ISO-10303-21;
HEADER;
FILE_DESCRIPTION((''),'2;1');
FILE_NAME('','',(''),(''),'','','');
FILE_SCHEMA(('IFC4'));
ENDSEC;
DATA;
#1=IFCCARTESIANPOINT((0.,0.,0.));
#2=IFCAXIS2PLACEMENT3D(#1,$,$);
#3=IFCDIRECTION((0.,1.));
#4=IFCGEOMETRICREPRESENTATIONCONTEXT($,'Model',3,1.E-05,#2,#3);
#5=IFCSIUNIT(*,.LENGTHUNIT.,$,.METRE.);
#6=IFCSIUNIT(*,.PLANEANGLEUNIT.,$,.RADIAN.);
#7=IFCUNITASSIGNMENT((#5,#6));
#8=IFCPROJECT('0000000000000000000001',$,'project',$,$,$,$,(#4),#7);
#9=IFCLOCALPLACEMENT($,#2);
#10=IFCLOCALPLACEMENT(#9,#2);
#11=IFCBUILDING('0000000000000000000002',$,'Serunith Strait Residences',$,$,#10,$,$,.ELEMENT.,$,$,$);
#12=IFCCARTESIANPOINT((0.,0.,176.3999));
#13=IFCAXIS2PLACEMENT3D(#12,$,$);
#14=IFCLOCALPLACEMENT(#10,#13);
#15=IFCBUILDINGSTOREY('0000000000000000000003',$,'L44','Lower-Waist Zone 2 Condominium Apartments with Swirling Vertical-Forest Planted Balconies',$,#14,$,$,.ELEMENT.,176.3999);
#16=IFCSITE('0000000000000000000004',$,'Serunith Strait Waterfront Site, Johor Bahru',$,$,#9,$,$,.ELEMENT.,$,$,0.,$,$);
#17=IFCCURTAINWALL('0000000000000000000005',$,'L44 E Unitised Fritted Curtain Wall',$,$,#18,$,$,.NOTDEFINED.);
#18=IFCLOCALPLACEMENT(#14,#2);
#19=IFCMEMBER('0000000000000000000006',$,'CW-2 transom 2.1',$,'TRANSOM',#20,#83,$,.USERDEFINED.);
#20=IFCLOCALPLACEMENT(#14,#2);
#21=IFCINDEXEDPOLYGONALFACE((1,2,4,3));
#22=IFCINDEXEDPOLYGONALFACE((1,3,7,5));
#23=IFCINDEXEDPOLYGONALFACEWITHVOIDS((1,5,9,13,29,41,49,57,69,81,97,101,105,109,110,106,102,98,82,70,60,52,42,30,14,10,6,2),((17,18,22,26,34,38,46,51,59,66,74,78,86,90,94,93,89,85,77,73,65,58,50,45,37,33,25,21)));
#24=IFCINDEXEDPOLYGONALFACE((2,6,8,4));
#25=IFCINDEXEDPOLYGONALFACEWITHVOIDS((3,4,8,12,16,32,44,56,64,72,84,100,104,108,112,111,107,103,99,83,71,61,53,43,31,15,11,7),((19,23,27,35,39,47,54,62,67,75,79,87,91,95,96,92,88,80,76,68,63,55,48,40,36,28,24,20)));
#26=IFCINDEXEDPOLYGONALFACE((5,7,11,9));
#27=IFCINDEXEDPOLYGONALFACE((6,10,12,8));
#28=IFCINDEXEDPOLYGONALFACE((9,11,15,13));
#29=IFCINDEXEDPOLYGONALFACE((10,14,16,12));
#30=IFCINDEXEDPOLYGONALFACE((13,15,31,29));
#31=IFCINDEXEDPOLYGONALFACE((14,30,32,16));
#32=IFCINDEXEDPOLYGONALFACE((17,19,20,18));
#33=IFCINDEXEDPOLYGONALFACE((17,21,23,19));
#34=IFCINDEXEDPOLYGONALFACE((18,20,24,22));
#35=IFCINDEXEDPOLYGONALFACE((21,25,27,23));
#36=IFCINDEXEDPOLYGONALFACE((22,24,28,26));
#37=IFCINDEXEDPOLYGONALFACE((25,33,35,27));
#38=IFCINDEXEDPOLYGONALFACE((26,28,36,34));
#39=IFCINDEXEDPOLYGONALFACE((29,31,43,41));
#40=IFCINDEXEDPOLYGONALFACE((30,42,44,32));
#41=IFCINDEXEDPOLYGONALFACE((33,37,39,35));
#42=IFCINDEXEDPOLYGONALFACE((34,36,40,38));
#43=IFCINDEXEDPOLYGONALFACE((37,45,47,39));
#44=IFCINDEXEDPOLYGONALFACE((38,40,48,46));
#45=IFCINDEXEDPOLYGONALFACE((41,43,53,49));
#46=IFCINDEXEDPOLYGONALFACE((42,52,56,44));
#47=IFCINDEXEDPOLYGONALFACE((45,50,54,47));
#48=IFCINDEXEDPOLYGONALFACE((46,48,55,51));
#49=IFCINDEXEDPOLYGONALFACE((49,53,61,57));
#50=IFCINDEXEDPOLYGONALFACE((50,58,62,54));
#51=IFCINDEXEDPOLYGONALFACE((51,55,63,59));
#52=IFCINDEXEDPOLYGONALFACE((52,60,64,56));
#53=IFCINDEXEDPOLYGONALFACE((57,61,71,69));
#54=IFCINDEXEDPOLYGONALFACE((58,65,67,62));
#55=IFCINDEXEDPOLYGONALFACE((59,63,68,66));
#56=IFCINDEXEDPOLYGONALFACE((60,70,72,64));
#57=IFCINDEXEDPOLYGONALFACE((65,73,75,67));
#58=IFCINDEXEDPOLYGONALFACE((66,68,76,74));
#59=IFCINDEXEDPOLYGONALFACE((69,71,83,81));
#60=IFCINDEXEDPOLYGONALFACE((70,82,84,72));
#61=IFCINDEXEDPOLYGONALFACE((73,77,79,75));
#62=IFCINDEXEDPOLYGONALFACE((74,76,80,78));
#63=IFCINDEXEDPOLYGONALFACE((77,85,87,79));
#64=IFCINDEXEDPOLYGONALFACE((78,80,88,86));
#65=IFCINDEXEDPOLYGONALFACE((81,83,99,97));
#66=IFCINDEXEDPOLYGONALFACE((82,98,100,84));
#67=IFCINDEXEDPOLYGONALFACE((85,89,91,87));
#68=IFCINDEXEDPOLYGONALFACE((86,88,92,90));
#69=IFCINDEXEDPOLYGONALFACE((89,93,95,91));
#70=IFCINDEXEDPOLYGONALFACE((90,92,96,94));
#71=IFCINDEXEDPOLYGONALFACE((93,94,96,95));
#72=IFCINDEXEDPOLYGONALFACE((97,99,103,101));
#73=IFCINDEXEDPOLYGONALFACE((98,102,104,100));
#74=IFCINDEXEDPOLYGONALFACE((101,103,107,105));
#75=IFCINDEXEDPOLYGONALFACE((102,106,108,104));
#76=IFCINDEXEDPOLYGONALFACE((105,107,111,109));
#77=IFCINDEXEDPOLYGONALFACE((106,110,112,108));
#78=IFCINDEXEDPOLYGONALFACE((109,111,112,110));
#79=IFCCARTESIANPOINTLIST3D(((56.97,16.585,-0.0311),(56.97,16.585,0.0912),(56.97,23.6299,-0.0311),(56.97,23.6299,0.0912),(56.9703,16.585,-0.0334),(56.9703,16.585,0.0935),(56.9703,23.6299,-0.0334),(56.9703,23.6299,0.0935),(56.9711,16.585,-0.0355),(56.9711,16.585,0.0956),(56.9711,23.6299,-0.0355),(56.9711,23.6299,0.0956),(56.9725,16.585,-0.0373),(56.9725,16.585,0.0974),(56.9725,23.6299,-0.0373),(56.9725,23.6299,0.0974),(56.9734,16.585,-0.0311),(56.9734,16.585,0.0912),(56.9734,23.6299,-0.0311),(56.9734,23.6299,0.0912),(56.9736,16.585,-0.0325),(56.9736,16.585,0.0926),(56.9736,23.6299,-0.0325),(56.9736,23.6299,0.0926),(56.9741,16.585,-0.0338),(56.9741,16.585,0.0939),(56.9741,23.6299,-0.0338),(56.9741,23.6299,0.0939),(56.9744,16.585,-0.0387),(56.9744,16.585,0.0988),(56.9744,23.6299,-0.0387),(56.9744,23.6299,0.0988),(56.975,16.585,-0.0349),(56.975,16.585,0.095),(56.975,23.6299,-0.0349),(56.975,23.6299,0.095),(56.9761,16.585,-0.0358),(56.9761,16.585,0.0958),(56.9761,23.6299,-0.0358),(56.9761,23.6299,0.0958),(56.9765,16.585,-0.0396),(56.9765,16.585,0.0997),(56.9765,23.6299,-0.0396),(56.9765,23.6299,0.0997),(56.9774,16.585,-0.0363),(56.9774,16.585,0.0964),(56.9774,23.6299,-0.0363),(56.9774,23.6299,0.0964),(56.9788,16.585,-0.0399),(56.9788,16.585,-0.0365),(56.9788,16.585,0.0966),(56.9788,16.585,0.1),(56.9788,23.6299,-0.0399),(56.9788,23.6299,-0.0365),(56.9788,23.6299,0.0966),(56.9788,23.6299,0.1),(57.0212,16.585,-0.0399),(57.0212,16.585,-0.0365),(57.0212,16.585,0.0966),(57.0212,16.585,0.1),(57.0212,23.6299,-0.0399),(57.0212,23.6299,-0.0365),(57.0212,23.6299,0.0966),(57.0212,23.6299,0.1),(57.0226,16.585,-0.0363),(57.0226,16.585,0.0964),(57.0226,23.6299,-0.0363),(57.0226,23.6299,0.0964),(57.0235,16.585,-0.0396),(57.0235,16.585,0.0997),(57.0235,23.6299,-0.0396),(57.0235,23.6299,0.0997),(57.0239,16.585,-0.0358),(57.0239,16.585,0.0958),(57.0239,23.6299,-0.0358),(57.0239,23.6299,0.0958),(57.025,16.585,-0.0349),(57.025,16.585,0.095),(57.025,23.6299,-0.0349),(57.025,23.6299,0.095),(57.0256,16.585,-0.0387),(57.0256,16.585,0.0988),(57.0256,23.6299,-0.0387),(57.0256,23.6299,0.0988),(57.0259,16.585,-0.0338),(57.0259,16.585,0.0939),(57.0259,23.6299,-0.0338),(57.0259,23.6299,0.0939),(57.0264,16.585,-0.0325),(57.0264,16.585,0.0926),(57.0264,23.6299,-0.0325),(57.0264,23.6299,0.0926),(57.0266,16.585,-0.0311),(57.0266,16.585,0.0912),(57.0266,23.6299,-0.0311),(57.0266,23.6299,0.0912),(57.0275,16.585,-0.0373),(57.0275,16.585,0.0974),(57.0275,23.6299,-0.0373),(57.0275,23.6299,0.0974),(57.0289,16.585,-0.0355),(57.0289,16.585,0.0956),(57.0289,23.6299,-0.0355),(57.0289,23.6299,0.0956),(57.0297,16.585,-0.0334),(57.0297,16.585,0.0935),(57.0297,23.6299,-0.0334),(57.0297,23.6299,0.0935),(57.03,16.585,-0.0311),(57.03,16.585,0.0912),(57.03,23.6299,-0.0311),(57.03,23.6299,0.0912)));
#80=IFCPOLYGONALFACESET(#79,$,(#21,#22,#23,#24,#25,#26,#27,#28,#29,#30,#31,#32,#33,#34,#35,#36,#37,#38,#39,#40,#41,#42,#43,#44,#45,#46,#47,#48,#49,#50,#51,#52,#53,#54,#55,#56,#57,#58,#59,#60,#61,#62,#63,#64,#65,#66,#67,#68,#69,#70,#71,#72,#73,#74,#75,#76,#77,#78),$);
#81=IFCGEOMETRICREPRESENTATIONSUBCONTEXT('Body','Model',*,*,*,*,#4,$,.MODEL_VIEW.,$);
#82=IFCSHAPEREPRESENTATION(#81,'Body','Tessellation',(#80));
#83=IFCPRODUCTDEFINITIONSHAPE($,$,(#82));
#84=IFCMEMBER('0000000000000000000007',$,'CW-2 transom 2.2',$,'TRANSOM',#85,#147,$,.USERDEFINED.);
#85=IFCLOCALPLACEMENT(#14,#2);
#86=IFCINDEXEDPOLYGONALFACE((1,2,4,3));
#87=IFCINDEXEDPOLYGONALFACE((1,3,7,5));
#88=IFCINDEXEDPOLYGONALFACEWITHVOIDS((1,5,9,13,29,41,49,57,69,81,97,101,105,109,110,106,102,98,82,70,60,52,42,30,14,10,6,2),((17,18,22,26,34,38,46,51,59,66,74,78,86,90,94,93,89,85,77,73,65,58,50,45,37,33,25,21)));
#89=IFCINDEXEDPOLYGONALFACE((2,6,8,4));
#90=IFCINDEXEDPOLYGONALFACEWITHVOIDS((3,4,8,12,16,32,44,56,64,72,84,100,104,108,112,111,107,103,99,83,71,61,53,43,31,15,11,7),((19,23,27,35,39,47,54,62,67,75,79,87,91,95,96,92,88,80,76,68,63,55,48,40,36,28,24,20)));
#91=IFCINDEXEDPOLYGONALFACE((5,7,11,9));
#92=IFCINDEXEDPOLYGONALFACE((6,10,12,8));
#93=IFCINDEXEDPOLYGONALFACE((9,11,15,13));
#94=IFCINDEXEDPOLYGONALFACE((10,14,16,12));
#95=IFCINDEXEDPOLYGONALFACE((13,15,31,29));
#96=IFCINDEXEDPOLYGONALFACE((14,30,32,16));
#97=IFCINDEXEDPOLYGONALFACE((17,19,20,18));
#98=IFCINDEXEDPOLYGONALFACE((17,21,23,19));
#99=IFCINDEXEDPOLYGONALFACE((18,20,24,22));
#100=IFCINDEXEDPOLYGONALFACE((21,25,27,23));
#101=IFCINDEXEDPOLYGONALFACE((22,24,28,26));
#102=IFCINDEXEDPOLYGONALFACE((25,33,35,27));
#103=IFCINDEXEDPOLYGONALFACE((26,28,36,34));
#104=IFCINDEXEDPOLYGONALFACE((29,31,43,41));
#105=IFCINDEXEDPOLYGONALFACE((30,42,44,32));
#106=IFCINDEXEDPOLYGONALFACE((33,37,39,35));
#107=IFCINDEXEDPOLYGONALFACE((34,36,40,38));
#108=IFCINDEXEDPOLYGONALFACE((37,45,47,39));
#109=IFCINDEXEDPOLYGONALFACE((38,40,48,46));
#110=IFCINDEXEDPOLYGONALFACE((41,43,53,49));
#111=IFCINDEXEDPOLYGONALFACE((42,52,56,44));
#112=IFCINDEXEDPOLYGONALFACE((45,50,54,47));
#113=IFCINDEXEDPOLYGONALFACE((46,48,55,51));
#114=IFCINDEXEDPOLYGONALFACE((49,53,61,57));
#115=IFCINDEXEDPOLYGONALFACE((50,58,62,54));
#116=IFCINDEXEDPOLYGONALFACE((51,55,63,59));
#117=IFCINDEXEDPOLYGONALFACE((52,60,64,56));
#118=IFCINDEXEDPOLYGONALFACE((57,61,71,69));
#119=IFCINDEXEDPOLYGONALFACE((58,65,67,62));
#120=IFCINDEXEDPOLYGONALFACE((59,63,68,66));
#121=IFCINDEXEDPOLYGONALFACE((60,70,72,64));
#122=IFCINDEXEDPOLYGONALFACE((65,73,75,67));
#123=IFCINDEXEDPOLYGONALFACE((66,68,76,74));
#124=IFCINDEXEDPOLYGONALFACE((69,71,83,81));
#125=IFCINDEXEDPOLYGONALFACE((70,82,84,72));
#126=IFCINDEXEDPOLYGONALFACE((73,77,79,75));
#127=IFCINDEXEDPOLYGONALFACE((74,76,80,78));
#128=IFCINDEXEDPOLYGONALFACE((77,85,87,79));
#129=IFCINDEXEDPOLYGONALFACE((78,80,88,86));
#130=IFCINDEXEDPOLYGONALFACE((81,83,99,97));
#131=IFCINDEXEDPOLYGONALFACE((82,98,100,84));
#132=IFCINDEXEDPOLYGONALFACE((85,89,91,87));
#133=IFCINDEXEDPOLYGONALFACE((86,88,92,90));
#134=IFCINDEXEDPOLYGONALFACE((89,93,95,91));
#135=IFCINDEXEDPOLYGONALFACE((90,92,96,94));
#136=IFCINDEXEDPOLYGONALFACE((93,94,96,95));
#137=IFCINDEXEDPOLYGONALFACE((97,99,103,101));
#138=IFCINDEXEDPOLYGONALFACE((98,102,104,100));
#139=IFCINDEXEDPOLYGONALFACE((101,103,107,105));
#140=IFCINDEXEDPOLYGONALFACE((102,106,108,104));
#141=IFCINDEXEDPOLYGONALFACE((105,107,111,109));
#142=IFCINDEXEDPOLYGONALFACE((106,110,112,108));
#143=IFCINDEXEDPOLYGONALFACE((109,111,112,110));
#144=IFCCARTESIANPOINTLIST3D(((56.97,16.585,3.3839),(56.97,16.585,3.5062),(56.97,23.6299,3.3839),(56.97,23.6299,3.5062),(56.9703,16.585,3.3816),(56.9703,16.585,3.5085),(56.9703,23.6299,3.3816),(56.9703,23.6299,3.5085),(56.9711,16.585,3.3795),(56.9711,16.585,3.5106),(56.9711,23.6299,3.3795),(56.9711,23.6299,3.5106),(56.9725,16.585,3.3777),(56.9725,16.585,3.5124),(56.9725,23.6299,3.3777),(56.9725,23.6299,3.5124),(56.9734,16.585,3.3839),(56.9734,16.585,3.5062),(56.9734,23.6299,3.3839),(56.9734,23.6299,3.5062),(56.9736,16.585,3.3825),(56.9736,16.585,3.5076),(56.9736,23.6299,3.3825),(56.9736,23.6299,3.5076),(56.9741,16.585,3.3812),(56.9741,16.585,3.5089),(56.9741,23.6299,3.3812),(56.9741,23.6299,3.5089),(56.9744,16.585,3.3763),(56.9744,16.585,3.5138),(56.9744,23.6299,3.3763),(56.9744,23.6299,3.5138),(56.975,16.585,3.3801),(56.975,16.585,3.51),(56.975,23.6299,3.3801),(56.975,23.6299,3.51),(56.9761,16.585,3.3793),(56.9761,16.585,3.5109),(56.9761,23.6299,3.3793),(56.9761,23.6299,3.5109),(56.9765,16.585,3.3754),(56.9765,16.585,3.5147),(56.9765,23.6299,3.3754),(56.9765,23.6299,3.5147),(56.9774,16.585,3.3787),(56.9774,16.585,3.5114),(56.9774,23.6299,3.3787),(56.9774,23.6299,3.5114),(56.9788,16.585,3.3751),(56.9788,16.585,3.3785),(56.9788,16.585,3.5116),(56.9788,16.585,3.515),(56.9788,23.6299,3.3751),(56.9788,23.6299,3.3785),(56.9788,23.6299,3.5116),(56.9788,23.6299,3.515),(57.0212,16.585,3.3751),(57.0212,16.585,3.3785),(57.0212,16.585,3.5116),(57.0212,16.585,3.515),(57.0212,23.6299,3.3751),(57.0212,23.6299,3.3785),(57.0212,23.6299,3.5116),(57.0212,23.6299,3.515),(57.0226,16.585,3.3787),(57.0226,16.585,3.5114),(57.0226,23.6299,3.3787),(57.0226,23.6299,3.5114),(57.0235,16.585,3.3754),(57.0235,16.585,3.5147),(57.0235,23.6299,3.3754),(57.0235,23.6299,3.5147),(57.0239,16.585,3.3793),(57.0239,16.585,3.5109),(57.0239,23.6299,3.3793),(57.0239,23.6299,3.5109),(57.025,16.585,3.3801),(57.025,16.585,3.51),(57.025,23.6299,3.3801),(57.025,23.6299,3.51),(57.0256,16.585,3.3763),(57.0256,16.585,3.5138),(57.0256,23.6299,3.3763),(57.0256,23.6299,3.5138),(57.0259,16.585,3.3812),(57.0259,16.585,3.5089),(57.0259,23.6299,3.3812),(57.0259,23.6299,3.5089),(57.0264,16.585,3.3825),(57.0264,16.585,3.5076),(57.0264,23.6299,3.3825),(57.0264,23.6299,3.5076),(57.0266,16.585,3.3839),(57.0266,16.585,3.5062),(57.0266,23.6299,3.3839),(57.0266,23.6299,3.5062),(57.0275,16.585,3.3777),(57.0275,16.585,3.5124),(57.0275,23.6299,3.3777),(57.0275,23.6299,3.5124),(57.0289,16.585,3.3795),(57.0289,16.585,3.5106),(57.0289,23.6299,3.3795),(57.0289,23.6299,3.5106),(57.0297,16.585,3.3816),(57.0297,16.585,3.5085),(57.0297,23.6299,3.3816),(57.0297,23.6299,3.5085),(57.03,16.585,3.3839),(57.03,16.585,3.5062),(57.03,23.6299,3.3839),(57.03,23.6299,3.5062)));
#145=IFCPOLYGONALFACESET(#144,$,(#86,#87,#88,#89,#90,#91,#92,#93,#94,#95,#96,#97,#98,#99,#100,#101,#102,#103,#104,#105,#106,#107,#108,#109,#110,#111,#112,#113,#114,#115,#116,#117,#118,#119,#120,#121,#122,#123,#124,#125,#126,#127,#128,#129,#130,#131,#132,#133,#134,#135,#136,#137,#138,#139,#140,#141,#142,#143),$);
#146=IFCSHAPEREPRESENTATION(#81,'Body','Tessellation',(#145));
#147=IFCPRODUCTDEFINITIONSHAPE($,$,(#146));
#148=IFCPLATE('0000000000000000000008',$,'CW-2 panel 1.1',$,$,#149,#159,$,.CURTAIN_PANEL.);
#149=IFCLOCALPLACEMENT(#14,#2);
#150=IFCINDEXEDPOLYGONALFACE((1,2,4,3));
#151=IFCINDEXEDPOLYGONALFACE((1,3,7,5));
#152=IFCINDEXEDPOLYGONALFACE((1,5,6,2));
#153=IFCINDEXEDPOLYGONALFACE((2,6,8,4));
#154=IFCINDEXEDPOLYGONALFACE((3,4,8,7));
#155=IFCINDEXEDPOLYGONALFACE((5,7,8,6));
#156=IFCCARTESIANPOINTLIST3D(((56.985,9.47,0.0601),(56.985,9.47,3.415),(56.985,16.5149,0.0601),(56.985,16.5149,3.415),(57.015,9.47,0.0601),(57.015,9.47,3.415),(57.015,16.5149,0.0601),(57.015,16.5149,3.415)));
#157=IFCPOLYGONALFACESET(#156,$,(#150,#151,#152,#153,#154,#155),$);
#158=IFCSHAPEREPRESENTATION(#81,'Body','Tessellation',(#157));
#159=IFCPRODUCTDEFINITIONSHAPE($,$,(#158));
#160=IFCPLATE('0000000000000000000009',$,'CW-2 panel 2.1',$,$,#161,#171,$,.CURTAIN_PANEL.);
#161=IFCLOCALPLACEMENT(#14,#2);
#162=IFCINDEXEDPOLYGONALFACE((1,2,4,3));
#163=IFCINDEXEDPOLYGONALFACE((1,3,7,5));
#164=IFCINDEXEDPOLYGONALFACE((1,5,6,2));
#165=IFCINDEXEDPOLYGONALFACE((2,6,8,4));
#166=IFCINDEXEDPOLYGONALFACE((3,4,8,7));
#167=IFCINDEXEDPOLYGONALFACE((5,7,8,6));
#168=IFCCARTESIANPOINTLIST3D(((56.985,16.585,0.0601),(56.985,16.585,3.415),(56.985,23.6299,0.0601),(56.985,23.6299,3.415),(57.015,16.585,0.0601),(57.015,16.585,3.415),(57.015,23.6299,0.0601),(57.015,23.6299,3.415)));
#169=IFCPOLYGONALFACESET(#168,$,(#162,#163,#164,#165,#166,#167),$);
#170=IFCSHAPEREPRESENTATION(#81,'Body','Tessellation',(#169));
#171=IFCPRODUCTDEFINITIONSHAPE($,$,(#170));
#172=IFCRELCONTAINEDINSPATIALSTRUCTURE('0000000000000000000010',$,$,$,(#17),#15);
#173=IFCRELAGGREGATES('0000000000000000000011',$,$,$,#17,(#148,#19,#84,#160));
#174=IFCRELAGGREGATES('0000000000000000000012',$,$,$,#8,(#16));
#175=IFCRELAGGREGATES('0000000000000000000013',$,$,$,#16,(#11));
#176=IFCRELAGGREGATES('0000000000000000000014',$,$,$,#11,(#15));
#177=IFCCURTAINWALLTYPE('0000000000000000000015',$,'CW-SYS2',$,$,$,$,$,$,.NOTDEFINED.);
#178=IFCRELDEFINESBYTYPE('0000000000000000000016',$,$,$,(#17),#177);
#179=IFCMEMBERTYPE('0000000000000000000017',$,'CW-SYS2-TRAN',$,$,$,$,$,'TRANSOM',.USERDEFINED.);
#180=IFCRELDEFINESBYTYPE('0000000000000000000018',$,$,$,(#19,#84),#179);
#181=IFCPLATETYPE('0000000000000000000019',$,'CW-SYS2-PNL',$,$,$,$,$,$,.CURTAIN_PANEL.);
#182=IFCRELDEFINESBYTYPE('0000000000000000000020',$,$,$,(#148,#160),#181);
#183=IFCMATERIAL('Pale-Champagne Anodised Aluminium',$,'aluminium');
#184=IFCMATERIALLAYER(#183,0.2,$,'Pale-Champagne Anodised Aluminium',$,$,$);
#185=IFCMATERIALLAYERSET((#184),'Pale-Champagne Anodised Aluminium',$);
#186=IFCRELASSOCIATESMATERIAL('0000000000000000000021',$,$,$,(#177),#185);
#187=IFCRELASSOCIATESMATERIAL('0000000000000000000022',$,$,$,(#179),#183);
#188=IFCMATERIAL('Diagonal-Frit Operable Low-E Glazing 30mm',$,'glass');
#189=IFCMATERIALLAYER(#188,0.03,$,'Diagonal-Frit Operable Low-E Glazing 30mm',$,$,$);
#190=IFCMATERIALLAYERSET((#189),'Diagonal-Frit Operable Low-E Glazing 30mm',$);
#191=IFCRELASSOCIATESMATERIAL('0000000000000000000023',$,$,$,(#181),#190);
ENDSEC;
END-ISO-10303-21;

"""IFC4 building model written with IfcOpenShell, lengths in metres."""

from ifc_helpers import new_model, si_unit, direction, frame, origin, origin_2d, place, context, subcontext, project, spatial, rectangle, hollow_rectangle, extrude, source, transform, mapped, material, layer, layer_set, material_profile, profile_set, type_object, element, aggregate, save


model = new_model("IFC4")

# Units and contexts
model_context = context("Model", 3, precision=1e-05, world=origin(), true_north=direction((0.0, 1.0)))
body_context = subcontext(model_context, "Body", "Model", "MODEL_VIEW")
ifc_project = project(units=[si_unit("LENGTHUNIT", "METRE"), si_unit("PLANEANGLEUNIT", "RADIAN")], contexts=[model_context])

# Site, building, storey
site_placement = place(None, origin())
site = spatial("IfcSite", under=ifc_project, at=site_placement, Name="Serunith Strait Waterfront Site, Johor Bahru", CompositionType="ELEMENT", RefElevation=0.0)
building_placement = place(site_placement, origin())
building = spatial("IfcBuilding", under=site, at=building_placement, Name="Serunith Strait Residences", CompositionType="ELEMENT")
storey_placement = place(building_placement, frame((0.0, 0.0, 176.3999)))
storey = spatial("IfcBuildingStorey", under=building, at=storey_placement, Name="L44", Description="Lower-Waist Zone 2 Condominium Apartments with Swirling Vertical-Forest Planted Balconies", CompositionType="ELEMENT", Elevation=176.3999)

# Curtain wall, members, plates
ifc_material_1 = material(Name="Pale-Champagne Anodised Aluminium", Category="aluminium")
ifc_layer_1 = layer(ifc_material_1, 0.2, Name="Pale-Champagne Anodised Aluminium")
ifc_layer_set_1 = layer_set([ifc_layer_1], Name="Pale-Champagne Anodised Aluminium")
curtain_wall_type = type_object("IfcCurtainWallType", Name="CW-SYS2", PredefinedType="NOTDEFINED", material=ifc_layer_set_1)
curtain_wall_placement = place(storey_placement, origin())
curtain_wall = element("IfcCurtainWall", 1, at=curtain_wall_placement, inside=storey, type_object=curtain_wall_type, Name="L44 E Unitised Fritted Curtain Wall", PredefinedType="NOTDEFINED")
ifc_material_profile_1 = material_profile(ifc_material_1, hollow_rectangle(XDim=0.0601, YDim=0.1399, WallThickness=0.0034, InnerFilletRadius=0.0054, OuterFilletRadius=0.0088, at=origin_2d()), Name="ALU 140x60x3.5")
ifc_profile_set_1 = profile_set([ifc_material_profile_1], Name="Pale-Champagne Anodised Aluminium")
member_type_1 = type_object("IfcMemberType", Name="CW-SYS2-TRAN", ElementType="TRANSOM", PredefinedType="USERDEFINED", material=ifc_profile_set_1)
shared_shape_1 = source(origin(), body_context, "Body", "SweptSolid", [
    extrude(hollow_rectangle(XDim=0.0601, YDim=0.1399, WallThickness=0.0034, InnerFilletRadius=0.0054, OuterFilletRadius=0.0088, at=origin_2d()), origin(), (0.0, 0.0, 1.0), 7.0449),
])
member_1_placement = place(storey_placement, frame((57.0, 16.585, 0.03), z_axis=(0.0, 1.0, 0.0), x_axis=(-1.0, 0.0, 0.0)))
member_1 = element("IfcMember", 2, at=member_1_placement, type_object=member_type_1, Name="CW-2 transom 2.1", ObjectType="TRANSOM", PredefinedType="USERDEFINED", context=body_context, shape_type="MappedRepresentation", body=[
    mapped(shared_shape_1, transform((0.0, 0.0, 0.0), scale=1.0)),
])
member_2_placement = place(storey_placement, frame((57.0, 16.585, 3.4451), z_axis=(0.0, 1.0, 0.0), x_axis=(-1.0, 0.0, 0.0)))
member_2 = element("IfcMember", 3, at=member_2_placement, type_object=member_type_1, Name="CW-2 transom 2.2", ObjectType="TRANSOM", PredefinedType="USERDEFINED", context=body_context, shape_type="MappedRepresentation", body=[
    mapped(shared_shape_1, transform((0.0, 0.0, 0.0), scale=1.0)),
])
ifc_material_2 = material(Name="Diagonal-Frit Operable Low-E Glazing 30mm", Category="glass")
ifc_layer_2 = layer(ifc_material_2, 0.03, Name="Diagonal-Frit Operable Low-E Glazing 30mm")
ifc_layer_set_2 = layer_set([ifc_layer_2], Name="Diagonal-Frit Operable Low-E Glazing 30mm")
plate_type = type_object("IfcPlateType", Name="CW-SYS2-PNL", PredefinedType="CURTAIN_PANEL", material=ifc_layer_set_2)
shared_shape_2 = source(origin(), body_context, "Body", "SweptSolid", [
    extrude(rectangle(XDim=7.0449, YDim=0.03, at=origin_2d()), origin(), (0.0, 0.0, 1.0), 3.355),
])
plate_1_placement = place(storey_placement, frame((57.0, 12.9924, 0.0601), z_axis=(0.0, 0.0, 1.0), x_axis=(0.0, 1.0, 0.0)))
plate_1 = element("IfcPlate", 4, at=plate_1_placement, type_object=plate_type, Name="CW-2 panel 1.1", PredefinedType="CURTAIN_PANEL", context=body_context, shape_type="MappedRepresentation", body=[
    mapped(shared_shape_2, transform((0.0, 0.0, 0.0), scale=1.0)),
])
plate_2_placement = place(storey_placement, frame((57.0, 20.1074, 0.0601), z_axis=(0.0, 0.0, 1.0), x_axis=(0.0, 1.0, 0.0)))
plate_2 = element("IfcPlate", 5, at=plate_2_placement, type_object=plate_type, Name="CW-2 panel 2.1", PredefinedType="CURTAIN_PANEL", context=body_context, shape_type="MappedRepresentation", body=[
    mapped(shared_shape_2, transform((0.0, 0.0, 0.0), scale=1.0)),
])
aggregate(curtain_wall, [plate_1, member_1, member_2, plate_2])

save(model, "model.ifc")
